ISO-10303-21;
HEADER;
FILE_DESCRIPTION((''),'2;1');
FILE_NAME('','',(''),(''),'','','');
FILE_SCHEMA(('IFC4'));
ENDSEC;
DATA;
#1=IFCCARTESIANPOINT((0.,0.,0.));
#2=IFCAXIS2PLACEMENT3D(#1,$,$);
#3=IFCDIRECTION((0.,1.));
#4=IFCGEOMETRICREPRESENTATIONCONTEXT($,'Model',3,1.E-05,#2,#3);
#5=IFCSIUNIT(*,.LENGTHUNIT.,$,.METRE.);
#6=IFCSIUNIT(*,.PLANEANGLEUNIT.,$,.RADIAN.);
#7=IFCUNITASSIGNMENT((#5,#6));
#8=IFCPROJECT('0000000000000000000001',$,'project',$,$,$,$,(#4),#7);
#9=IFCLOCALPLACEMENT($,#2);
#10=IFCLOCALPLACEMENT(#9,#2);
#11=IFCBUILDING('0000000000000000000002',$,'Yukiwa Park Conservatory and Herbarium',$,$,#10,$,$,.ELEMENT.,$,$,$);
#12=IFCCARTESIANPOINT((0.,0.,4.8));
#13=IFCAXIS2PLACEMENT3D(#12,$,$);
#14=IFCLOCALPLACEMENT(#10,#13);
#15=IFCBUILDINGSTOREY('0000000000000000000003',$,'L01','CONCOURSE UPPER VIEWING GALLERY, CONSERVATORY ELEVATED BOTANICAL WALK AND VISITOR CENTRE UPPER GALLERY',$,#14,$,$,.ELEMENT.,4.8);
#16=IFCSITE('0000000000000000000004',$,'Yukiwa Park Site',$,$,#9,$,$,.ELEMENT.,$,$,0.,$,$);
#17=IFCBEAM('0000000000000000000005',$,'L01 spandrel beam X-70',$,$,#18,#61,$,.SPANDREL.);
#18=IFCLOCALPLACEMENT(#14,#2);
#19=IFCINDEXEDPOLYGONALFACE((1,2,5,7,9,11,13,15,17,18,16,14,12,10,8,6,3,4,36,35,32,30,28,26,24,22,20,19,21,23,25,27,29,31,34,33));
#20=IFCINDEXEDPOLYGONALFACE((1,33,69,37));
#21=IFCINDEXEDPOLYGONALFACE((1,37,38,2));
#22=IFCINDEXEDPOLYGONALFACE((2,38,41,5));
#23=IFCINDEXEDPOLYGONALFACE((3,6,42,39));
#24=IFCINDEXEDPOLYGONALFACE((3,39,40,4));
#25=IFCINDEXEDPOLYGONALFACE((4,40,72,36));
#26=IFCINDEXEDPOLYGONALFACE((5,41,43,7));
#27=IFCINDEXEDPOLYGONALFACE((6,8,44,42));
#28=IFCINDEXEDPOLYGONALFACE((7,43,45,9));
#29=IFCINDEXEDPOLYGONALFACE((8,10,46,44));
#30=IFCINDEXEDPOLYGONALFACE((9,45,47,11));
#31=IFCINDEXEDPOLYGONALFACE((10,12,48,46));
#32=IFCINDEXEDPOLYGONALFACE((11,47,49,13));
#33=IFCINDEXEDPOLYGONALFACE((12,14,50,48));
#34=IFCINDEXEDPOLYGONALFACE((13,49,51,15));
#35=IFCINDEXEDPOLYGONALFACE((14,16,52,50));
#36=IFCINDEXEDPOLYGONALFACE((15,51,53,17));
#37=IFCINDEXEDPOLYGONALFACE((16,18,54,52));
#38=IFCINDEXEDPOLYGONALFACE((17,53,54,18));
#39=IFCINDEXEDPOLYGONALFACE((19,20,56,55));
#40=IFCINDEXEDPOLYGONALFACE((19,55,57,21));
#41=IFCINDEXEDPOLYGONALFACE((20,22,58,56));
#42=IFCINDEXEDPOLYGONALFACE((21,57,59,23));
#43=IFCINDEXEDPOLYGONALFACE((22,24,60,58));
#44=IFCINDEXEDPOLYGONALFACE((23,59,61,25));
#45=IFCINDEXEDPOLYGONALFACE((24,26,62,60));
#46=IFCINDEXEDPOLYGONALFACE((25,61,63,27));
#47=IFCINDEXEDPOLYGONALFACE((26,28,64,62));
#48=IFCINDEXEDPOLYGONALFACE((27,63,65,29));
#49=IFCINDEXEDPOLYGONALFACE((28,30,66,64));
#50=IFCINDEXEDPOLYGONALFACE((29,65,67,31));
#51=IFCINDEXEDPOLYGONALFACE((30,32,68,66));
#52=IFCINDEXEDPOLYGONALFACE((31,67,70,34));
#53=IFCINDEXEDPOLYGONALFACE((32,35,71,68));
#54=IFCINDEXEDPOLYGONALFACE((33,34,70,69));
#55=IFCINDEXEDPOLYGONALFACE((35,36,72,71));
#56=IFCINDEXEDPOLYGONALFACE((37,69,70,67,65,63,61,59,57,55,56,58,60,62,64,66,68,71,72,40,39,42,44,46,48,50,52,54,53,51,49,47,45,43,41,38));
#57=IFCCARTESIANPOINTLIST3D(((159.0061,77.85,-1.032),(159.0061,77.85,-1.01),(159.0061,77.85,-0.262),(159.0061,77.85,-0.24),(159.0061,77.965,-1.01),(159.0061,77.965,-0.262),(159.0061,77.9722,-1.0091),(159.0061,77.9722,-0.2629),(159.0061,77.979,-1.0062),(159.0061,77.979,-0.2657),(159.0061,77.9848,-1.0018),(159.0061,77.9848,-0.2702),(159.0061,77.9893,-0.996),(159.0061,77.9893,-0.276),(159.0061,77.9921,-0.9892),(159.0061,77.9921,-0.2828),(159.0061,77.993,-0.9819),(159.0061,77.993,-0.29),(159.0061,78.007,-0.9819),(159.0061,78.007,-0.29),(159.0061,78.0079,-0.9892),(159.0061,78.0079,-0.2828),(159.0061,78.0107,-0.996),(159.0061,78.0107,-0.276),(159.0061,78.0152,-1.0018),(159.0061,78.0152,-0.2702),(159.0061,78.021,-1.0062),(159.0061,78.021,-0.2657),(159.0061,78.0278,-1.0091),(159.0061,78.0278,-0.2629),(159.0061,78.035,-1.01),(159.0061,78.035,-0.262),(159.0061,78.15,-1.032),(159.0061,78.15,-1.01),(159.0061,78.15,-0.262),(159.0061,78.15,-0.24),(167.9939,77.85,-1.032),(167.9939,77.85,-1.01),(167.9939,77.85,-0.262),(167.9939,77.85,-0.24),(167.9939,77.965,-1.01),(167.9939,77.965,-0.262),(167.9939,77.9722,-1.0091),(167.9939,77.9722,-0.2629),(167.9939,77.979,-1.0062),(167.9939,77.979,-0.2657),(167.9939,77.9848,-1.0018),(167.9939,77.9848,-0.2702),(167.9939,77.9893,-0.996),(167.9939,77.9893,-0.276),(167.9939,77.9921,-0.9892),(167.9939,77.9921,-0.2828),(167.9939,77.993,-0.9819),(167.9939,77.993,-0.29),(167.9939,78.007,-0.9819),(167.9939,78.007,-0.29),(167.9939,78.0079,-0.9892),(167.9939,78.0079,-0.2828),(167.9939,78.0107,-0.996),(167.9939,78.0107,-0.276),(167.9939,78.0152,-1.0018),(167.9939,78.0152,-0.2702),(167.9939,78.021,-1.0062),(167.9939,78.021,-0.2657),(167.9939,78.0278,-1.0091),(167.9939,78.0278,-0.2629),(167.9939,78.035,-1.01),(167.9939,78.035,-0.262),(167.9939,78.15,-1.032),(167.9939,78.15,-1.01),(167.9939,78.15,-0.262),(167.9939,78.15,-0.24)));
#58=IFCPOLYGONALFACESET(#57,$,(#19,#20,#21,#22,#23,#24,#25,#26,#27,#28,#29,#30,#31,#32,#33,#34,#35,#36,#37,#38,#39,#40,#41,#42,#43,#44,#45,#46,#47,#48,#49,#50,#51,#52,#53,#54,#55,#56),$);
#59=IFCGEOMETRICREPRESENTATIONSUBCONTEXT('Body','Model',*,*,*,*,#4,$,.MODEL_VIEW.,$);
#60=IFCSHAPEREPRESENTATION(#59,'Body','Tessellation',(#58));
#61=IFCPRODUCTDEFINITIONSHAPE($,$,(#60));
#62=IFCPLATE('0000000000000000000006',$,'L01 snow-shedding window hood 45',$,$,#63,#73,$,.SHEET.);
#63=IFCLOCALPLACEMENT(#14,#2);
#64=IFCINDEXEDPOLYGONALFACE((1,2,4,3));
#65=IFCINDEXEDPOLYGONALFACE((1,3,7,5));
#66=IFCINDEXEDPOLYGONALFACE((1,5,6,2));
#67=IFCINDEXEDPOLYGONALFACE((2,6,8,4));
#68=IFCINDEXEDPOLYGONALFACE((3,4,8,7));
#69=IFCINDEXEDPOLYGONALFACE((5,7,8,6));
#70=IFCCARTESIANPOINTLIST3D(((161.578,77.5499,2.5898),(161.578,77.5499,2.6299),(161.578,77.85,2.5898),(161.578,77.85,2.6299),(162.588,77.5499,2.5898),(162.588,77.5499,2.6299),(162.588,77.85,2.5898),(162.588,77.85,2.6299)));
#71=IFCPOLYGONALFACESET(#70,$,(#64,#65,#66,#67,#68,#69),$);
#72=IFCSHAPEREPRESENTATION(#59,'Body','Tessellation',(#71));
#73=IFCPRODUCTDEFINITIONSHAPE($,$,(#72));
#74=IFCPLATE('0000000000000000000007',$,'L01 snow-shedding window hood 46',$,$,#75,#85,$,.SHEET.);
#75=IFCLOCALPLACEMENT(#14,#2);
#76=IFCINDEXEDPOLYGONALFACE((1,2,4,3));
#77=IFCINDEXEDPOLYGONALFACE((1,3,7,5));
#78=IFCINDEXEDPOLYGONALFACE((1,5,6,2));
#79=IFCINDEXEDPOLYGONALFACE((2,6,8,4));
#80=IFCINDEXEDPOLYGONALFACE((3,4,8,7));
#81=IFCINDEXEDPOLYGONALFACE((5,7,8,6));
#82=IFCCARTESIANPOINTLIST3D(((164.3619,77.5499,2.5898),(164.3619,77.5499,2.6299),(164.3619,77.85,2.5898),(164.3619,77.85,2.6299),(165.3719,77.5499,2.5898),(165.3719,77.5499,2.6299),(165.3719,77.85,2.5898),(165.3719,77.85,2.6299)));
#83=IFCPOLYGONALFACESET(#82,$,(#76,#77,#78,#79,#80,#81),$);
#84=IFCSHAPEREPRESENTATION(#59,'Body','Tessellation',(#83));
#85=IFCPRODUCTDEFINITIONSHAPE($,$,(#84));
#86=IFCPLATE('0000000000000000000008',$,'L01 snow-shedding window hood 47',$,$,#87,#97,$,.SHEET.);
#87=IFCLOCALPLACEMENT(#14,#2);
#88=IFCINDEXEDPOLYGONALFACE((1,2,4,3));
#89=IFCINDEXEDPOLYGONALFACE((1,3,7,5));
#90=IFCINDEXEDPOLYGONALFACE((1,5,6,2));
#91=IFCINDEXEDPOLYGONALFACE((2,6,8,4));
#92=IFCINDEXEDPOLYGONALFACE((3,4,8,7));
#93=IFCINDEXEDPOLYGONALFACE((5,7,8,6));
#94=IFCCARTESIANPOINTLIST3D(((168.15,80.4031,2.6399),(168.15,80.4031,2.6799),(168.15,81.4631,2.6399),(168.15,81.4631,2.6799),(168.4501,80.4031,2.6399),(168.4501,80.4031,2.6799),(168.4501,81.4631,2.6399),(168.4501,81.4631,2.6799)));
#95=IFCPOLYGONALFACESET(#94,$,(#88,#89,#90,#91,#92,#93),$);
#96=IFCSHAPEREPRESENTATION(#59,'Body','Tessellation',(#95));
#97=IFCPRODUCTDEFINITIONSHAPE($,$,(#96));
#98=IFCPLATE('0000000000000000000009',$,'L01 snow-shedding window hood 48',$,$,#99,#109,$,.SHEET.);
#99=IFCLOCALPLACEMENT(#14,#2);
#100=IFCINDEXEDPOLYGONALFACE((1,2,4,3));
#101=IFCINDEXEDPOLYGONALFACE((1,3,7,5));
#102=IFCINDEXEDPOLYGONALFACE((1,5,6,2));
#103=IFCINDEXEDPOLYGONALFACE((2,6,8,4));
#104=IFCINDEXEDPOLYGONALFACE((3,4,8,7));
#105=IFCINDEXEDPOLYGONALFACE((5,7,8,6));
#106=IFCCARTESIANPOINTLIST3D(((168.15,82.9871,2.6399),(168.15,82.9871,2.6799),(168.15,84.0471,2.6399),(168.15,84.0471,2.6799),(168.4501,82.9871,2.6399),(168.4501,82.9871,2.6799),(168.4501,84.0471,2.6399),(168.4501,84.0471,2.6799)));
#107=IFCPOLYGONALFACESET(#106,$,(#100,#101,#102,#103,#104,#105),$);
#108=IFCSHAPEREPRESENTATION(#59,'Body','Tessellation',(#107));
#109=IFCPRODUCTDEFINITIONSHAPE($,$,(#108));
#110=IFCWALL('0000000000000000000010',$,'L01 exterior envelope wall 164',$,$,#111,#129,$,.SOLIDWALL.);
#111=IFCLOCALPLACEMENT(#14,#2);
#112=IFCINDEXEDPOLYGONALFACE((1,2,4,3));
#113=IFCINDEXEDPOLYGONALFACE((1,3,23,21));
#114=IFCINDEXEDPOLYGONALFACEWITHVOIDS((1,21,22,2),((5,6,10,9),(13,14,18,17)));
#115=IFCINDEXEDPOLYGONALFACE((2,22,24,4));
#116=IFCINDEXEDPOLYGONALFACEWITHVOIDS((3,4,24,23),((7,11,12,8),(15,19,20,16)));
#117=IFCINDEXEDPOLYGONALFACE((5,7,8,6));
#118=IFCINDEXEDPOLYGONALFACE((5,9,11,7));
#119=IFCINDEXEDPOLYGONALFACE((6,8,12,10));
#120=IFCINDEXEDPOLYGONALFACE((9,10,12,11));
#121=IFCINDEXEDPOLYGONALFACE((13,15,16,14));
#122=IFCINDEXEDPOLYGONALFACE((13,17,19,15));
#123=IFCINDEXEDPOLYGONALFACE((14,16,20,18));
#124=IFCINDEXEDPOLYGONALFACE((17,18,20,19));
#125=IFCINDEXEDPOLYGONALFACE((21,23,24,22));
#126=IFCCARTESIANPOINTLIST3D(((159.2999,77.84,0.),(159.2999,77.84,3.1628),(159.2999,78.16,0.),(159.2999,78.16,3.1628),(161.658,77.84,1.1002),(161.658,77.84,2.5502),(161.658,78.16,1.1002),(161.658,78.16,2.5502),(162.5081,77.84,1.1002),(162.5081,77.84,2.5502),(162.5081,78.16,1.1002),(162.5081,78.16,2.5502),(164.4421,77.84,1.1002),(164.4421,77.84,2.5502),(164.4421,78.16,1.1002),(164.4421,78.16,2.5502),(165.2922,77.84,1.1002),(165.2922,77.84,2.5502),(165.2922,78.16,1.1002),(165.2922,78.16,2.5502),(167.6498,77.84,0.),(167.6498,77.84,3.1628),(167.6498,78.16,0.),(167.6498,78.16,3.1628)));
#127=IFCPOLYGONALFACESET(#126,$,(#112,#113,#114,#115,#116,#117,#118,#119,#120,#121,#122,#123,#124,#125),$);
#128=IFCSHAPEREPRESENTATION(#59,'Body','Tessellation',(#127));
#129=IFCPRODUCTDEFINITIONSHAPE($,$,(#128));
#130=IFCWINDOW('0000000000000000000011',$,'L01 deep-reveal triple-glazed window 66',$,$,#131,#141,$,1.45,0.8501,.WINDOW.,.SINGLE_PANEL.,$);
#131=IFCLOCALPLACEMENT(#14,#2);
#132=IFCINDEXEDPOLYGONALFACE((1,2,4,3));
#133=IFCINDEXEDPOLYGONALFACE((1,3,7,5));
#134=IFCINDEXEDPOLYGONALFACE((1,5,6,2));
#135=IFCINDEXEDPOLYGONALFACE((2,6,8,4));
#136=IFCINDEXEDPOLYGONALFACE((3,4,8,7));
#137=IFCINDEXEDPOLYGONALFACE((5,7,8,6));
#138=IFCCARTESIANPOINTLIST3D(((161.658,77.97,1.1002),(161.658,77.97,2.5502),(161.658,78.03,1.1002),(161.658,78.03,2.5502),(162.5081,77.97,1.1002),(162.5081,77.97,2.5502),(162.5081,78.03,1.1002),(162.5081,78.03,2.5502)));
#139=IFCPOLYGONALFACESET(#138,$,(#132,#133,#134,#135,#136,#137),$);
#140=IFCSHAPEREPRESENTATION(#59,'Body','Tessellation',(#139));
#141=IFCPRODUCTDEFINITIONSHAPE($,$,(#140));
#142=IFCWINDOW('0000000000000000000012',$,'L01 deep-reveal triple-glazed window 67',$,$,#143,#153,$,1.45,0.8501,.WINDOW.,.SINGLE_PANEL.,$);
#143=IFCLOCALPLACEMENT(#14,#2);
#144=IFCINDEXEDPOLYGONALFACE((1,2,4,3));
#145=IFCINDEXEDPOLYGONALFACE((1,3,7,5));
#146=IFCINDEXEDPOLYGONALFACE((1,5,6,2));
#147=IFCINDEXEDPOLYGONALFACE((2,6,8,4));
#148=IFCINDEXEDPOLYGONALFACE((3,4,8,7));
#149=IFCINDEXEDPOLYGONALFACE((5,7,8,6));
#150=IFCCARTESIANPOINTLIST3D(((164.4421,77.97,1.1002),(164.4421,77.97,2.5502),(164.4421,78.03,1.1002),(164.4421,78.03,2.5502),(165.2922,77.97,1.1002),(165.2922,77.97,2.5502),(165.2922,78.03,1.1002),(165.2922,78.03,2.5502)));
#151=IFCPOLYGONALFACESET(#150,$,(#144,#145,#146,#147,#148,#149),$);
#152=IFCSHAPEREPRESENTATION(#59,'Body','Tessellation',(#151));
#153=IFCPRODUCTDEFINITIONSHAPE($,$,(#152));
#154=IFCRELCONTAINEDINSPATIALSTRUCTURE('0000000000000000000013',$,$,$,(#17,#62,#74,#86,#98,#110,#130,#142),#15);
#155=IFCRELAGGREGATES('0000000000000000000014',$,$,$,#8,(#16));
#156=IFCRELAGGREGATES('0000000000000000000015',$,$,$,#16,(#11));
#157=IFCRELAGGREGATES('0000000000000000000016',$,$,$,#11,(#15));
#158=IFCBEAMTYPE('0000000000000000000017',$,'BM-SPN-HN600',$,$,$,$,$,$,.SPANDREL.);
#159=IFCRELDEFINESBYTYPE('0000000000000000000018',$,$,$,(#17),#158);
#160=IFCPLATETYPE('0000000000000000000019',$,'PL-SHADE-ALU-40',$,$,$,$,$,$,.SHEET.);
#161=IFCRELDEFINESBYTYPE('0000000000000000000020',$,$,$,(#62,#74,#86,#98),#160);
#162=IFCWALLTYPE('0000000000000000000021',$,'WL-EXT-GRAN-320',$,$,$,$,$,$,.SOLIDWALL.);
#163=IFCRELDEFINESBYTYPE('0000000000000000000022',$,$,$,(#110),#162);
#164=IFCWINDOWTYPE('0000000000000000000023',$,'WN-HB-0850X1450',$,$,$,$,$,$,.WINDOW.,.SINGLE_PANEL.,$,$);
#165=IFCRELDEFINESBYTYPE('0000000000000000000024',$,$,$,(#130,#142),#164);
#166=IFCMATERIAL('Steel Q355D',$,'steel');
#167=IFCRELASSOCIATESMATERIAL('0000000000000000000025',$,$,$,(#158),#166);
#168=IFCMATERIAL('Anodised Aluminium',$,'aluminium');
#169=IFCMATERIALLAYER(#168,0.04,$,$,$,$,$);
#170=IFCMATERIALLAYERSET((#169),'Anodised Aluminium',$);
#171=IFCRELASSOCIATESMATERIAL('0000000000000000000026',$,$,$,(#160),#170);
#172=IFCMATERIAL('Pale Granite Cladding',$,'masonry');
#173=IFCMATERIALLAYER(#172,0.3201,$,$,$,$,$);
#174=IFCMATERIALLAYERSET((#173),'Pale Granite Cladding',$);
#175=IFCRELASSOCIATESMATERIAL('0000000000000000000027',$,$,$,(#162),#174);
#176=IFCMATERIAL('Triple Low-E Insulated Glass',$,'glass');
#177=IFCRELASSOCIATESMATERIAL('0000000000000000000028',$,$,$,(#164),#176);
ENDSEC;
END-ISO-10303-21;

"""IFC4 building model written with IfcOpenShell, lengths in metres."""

from ifc_helpers import new_model, si_unit, direction, frame, frame_2d, origin, origin_2d, place, context, subcontext, project, spatial, rectangle, i_section, extrude, material, layer, layer_set, material_profile, profile_set, type_object, element, fill, save


model = new_model("IFC4")

# Units and contexts
model_context = context("Model", 3, precision=1e-05, world=origin(), true_north=direction((0.0, 1.0)))
body_context = subcontext(model_context, "Body", "Model", "MODEL_VIEW")
ifc_project = project(units=[si_unit("LENGTHUNIT", "METRE"), si_unit("PLANEANGLEUNIT", "RADIAN")], contexts=[model_context])

# Site, building, storey
site_placement = place(None, origin())
site = spatial("IfcSite", under=ifc_project, at=site_placement, Name="Yukiwa Park Site", CompositionType="ELEMENT", RefElevation=0.0)
building_placement = place(site_placement, origin())
building = spatial("IfcBuilding", under=site, at=building_placement, Name="Yukiwa Park Conservatory and Herbarium", CompositionType="ELEMENT")
storey_placement = place(building_placement, frame((0.0, 0.0, 4.8)))
storey = spatial("IfcBuildingStorey", under=building, at=storey_placement, Name="L01", Description="CONCOURSE UPPER VIEWING GALLERY, CONSERVATORY ELEVATED BOTANICAL WALK AND VISITOR CENTRE UPPER GALLERY", CompositionType="ELEMENT", Elevation=4.8)

# Beam
ifc_material_1 = material(Name="Steel Q355D", Category="steel")
ifc_material_profile_1 = material_profile(ifc_material_1, i_section(OverallWidth=0.3, OverallDepth=0.792, WebThickness=0.0139, FlangeThickness=0.022, FilletRadius=0.0281, at=origin_2d()), Name="HN 792x300x14x22")
ifc_profile_set_1 = profile_set([ifc_material_profile_1], Name="Steel Q355D")
beam_type_1 = type_object("IfcBeamType", Name="BM-SPN-HN600", PredefinedType="SPANDREL", material=ifc_profile_set_1)
beam_1_placement = place(storey_placement, frame((159.0061, 78.0, -0.636), z_axis=(1.0, 0.0, 0.0), x_axis=(0.0, 1.0, 0.0)))
element("IfcBeam", 1, at=beam_1_placement, inside=storey, type_object=beam_type_1, Name="L01 spandrel beam X-70", PredefinedType="SPANDREL", context=body_context, shape_type="SweptSolid", body=[
    extrude(i_section(OverallWidth=0.3, OverallDepth=0.792, WebThickness=0.0139, FlangeThickness=0.022, FilletRadius=0.0281, at=origin_2d()), origin(), (0.0, 0.0, 1.0), 8.9878),
])

# Plates
ifc_material_2 = material(Name="Anodised Aluminium", Category="aluminium")
ifc_layer_1 = layer(ifc_material_2, 0.04)
ifc_layer_set_1 = layer_set([ifc_layer_1], Name="Anodised Aluminium")
plate_type = type_object("IfcPlateType", Name="PL-SHADE-ALU-40", PredefinedType="SHEET", material=ifc_layer_set_1)
for number, where, z_axis, x_axis, name in (
    (2, (162.083, 77.7, 2.5898), (0.0, 0.0, 1.0), (1.0, 0.0, 0.0), "L01 snow-shedding window hood 45"),
    (3, (164.8669, 77.7, 2.5898), (0.0, 0.0, 1.0), (1.0, 0.0, 0.0), "L01 snow-shedding window hood 46"),
):
    element("IfcPlate", number, at=place(storey_placement, frame(where, z_axis=z_axis, x_axis=x_axis)), inside=storey, type_object=plate_type, Name=name, PredefinedType="SHEET", context=body_context, shape_type="SweptSolid", body=[
        extrude(rectangle(XDim=1.01, YDim=0.3, at=origin_2d()), origin(), (0.0, 0.0, 1.0), 0.04),
    ])
for number, where, z_axis, x_axis, name in (
    (4, (168.3, 80.9331, 2.6399), (0.0, 0.0, 1.0), (0.0, 1.0, 0.0), "L01 snow-shedding window hood 47"),
    (5, (168.3, 83.5171, 2.6399), (0.0, 0.0, 1.0), (0.0, 1.0, 0.0), "L01 snow-shedding window hood 48"),
):
    element("IfcPlate", number, at=place(storey_placement, frame(where, z_axis=z_axis, x_axis=x_axis)), inside=storey, type_object=plate_type, Name=name, PredefinedType="SHEET", context=body_context, shape_type="SweptSolid", body=[
        extrude(rectangle(XDim=1.0601, YDim=0.3, at=origin_2d()), origin(), (0.0, 0.0, 1.0), 0.04),
    ])

# Wall, openings, windows
ifc_material_3 = material(Name="Pale Granite Cladding", Category="masonry")
ifc_layer_2 = layer(ifc_material_3, 0.3201)
ifc_layer_set_2 = layer_set([ifc_layer_2], Name="Pale Granite Cladding")
wall_type = type_object("IfcWallType", Name="WL-EXT-GRAN-320", PredefinedType="SOLIDWALL", material=ifc_layer_set_2)
wall_1_placement = place(storey_placement, frame((159.3, 78.0, 0.0), z_axis=(0.0, 0.0, 1.0), x_axis=(1.0, 0.0, 0.0)))
wall_1 = element("IfcWall", 6, at=wall_1_placement, inside=storey, type_object=wall_type, Name="L01 exterior envelope wall 164", PredefinedType="SOLIDWALL", context=body_context, shape_type="SweptSolid", body=[
    extrude(rectangle(XDim=8.3499, YDim=0.3201, at=frame_2d((4.1748, 0.0))), origin(), (0.0, 0.0, 1.0), 3.1628),
])
opening_1_placement = place(wall_1_placement, frame((2.3579, 0.0, 1.1001)))
opening_1 = element("IfcOpeningElement", 7, at=opening_1_placement, cuts=wall_1, PredefinedType="OPENING", context=body_context, shape_type="SweptSolid", body=[
    extrude(rectangle(XDim=0.8501, YDim=1.45, at=frame_2d((0.425, 0.7251))), frame((0.0, 0.1699, 0.0), z_axis=(0.0, -1.0, 0.0), x_axis=(1.0, 0.0, 0.0)), (0.0, 0.0, 1.0), 0.3401),
])
opening_2_placement = place(wall_1_placement, frame((5.1421, 0.0, 1.1001)))
opening_2 = element("IfcOpeningElement", 8, at=opening_2_placement, cuts=wall_1, PredefinedType="OPENING", context=body_context, shape_type="SweptSolid", body=[
    extrude(rectangle(XDim=0.8501, YDim=1.45, at=frame_2d((0.425, 0.7251))), frame((0.0, 0.1699, 0.0), z_axis=(0.0, -1.0, 0.0), x_axis=(1.0, 0.0, 0.0)), (0.0, 0.0, 1.0), 0.3401),
])
ifc_material_4 = material(Name="Triple Low-E Insulated Glass", Category="glass")
window_type_1 = type_object("IfcWindowType", Name="WN-HB-0850X1450", PartitioningType="SINGLE_PANEL", PredefinedType="WINDOW", material=ifc_material_4)
window_1_placement = place(opening_1_placement, origin())
window_1 = element("IfcWindow", 9, at=window_1_placement, inside=storey, type_object=window_type_1, Name="L01 deep-reveal triple-glazed window 66", OverallHeight=1.45, OverallWidth=0.8501, PartitioningType="SINGLE_PANEL", PredefinedType="WINDOW", context=body_context, shape_type="SweptSolid", body=[
    extrude(rectangle(XDim=0.8501, YDim=1.45, at=frame_2d((0.425, 0.7251))), frame((0.0, 0.03, 0.0), z_axis=(0.0, -1.0, 0.0), x_axis=(1.0, 0.0, 0.0)), (0.0, 0.0, 1.0), 0.0601),
])
fill(opening_1, window_1)
window_2_placement = place(opening_2_placement, origin())
window_2 = element("IfcWindow", 10, at=window_2_placement, inside=storey, type_object=window_type_1, Name="L01 deep-reveal triple-glazed window 67", OverallHeight=1.45, OverallWidth=0.8501, PartitioningType="SINGLE_PANEL", PredefinedType="WINDOW", context=body_context, shape_type="SweptSolid", body=[
    extrude(rectangle(XDim=0.8501, YDim=1.45, at=frame_2d((0.425, 0.7251))), frame((0.0, 0.03, 0.0), z_axis=(0.0, -1.0, 0.0), x_axis=(1.0, 0.0, 0.0)), (0.0, 0.0, 1.0), 0.0601),
])
fill(opening_2, window_2)

save(model, "model.ifc")
